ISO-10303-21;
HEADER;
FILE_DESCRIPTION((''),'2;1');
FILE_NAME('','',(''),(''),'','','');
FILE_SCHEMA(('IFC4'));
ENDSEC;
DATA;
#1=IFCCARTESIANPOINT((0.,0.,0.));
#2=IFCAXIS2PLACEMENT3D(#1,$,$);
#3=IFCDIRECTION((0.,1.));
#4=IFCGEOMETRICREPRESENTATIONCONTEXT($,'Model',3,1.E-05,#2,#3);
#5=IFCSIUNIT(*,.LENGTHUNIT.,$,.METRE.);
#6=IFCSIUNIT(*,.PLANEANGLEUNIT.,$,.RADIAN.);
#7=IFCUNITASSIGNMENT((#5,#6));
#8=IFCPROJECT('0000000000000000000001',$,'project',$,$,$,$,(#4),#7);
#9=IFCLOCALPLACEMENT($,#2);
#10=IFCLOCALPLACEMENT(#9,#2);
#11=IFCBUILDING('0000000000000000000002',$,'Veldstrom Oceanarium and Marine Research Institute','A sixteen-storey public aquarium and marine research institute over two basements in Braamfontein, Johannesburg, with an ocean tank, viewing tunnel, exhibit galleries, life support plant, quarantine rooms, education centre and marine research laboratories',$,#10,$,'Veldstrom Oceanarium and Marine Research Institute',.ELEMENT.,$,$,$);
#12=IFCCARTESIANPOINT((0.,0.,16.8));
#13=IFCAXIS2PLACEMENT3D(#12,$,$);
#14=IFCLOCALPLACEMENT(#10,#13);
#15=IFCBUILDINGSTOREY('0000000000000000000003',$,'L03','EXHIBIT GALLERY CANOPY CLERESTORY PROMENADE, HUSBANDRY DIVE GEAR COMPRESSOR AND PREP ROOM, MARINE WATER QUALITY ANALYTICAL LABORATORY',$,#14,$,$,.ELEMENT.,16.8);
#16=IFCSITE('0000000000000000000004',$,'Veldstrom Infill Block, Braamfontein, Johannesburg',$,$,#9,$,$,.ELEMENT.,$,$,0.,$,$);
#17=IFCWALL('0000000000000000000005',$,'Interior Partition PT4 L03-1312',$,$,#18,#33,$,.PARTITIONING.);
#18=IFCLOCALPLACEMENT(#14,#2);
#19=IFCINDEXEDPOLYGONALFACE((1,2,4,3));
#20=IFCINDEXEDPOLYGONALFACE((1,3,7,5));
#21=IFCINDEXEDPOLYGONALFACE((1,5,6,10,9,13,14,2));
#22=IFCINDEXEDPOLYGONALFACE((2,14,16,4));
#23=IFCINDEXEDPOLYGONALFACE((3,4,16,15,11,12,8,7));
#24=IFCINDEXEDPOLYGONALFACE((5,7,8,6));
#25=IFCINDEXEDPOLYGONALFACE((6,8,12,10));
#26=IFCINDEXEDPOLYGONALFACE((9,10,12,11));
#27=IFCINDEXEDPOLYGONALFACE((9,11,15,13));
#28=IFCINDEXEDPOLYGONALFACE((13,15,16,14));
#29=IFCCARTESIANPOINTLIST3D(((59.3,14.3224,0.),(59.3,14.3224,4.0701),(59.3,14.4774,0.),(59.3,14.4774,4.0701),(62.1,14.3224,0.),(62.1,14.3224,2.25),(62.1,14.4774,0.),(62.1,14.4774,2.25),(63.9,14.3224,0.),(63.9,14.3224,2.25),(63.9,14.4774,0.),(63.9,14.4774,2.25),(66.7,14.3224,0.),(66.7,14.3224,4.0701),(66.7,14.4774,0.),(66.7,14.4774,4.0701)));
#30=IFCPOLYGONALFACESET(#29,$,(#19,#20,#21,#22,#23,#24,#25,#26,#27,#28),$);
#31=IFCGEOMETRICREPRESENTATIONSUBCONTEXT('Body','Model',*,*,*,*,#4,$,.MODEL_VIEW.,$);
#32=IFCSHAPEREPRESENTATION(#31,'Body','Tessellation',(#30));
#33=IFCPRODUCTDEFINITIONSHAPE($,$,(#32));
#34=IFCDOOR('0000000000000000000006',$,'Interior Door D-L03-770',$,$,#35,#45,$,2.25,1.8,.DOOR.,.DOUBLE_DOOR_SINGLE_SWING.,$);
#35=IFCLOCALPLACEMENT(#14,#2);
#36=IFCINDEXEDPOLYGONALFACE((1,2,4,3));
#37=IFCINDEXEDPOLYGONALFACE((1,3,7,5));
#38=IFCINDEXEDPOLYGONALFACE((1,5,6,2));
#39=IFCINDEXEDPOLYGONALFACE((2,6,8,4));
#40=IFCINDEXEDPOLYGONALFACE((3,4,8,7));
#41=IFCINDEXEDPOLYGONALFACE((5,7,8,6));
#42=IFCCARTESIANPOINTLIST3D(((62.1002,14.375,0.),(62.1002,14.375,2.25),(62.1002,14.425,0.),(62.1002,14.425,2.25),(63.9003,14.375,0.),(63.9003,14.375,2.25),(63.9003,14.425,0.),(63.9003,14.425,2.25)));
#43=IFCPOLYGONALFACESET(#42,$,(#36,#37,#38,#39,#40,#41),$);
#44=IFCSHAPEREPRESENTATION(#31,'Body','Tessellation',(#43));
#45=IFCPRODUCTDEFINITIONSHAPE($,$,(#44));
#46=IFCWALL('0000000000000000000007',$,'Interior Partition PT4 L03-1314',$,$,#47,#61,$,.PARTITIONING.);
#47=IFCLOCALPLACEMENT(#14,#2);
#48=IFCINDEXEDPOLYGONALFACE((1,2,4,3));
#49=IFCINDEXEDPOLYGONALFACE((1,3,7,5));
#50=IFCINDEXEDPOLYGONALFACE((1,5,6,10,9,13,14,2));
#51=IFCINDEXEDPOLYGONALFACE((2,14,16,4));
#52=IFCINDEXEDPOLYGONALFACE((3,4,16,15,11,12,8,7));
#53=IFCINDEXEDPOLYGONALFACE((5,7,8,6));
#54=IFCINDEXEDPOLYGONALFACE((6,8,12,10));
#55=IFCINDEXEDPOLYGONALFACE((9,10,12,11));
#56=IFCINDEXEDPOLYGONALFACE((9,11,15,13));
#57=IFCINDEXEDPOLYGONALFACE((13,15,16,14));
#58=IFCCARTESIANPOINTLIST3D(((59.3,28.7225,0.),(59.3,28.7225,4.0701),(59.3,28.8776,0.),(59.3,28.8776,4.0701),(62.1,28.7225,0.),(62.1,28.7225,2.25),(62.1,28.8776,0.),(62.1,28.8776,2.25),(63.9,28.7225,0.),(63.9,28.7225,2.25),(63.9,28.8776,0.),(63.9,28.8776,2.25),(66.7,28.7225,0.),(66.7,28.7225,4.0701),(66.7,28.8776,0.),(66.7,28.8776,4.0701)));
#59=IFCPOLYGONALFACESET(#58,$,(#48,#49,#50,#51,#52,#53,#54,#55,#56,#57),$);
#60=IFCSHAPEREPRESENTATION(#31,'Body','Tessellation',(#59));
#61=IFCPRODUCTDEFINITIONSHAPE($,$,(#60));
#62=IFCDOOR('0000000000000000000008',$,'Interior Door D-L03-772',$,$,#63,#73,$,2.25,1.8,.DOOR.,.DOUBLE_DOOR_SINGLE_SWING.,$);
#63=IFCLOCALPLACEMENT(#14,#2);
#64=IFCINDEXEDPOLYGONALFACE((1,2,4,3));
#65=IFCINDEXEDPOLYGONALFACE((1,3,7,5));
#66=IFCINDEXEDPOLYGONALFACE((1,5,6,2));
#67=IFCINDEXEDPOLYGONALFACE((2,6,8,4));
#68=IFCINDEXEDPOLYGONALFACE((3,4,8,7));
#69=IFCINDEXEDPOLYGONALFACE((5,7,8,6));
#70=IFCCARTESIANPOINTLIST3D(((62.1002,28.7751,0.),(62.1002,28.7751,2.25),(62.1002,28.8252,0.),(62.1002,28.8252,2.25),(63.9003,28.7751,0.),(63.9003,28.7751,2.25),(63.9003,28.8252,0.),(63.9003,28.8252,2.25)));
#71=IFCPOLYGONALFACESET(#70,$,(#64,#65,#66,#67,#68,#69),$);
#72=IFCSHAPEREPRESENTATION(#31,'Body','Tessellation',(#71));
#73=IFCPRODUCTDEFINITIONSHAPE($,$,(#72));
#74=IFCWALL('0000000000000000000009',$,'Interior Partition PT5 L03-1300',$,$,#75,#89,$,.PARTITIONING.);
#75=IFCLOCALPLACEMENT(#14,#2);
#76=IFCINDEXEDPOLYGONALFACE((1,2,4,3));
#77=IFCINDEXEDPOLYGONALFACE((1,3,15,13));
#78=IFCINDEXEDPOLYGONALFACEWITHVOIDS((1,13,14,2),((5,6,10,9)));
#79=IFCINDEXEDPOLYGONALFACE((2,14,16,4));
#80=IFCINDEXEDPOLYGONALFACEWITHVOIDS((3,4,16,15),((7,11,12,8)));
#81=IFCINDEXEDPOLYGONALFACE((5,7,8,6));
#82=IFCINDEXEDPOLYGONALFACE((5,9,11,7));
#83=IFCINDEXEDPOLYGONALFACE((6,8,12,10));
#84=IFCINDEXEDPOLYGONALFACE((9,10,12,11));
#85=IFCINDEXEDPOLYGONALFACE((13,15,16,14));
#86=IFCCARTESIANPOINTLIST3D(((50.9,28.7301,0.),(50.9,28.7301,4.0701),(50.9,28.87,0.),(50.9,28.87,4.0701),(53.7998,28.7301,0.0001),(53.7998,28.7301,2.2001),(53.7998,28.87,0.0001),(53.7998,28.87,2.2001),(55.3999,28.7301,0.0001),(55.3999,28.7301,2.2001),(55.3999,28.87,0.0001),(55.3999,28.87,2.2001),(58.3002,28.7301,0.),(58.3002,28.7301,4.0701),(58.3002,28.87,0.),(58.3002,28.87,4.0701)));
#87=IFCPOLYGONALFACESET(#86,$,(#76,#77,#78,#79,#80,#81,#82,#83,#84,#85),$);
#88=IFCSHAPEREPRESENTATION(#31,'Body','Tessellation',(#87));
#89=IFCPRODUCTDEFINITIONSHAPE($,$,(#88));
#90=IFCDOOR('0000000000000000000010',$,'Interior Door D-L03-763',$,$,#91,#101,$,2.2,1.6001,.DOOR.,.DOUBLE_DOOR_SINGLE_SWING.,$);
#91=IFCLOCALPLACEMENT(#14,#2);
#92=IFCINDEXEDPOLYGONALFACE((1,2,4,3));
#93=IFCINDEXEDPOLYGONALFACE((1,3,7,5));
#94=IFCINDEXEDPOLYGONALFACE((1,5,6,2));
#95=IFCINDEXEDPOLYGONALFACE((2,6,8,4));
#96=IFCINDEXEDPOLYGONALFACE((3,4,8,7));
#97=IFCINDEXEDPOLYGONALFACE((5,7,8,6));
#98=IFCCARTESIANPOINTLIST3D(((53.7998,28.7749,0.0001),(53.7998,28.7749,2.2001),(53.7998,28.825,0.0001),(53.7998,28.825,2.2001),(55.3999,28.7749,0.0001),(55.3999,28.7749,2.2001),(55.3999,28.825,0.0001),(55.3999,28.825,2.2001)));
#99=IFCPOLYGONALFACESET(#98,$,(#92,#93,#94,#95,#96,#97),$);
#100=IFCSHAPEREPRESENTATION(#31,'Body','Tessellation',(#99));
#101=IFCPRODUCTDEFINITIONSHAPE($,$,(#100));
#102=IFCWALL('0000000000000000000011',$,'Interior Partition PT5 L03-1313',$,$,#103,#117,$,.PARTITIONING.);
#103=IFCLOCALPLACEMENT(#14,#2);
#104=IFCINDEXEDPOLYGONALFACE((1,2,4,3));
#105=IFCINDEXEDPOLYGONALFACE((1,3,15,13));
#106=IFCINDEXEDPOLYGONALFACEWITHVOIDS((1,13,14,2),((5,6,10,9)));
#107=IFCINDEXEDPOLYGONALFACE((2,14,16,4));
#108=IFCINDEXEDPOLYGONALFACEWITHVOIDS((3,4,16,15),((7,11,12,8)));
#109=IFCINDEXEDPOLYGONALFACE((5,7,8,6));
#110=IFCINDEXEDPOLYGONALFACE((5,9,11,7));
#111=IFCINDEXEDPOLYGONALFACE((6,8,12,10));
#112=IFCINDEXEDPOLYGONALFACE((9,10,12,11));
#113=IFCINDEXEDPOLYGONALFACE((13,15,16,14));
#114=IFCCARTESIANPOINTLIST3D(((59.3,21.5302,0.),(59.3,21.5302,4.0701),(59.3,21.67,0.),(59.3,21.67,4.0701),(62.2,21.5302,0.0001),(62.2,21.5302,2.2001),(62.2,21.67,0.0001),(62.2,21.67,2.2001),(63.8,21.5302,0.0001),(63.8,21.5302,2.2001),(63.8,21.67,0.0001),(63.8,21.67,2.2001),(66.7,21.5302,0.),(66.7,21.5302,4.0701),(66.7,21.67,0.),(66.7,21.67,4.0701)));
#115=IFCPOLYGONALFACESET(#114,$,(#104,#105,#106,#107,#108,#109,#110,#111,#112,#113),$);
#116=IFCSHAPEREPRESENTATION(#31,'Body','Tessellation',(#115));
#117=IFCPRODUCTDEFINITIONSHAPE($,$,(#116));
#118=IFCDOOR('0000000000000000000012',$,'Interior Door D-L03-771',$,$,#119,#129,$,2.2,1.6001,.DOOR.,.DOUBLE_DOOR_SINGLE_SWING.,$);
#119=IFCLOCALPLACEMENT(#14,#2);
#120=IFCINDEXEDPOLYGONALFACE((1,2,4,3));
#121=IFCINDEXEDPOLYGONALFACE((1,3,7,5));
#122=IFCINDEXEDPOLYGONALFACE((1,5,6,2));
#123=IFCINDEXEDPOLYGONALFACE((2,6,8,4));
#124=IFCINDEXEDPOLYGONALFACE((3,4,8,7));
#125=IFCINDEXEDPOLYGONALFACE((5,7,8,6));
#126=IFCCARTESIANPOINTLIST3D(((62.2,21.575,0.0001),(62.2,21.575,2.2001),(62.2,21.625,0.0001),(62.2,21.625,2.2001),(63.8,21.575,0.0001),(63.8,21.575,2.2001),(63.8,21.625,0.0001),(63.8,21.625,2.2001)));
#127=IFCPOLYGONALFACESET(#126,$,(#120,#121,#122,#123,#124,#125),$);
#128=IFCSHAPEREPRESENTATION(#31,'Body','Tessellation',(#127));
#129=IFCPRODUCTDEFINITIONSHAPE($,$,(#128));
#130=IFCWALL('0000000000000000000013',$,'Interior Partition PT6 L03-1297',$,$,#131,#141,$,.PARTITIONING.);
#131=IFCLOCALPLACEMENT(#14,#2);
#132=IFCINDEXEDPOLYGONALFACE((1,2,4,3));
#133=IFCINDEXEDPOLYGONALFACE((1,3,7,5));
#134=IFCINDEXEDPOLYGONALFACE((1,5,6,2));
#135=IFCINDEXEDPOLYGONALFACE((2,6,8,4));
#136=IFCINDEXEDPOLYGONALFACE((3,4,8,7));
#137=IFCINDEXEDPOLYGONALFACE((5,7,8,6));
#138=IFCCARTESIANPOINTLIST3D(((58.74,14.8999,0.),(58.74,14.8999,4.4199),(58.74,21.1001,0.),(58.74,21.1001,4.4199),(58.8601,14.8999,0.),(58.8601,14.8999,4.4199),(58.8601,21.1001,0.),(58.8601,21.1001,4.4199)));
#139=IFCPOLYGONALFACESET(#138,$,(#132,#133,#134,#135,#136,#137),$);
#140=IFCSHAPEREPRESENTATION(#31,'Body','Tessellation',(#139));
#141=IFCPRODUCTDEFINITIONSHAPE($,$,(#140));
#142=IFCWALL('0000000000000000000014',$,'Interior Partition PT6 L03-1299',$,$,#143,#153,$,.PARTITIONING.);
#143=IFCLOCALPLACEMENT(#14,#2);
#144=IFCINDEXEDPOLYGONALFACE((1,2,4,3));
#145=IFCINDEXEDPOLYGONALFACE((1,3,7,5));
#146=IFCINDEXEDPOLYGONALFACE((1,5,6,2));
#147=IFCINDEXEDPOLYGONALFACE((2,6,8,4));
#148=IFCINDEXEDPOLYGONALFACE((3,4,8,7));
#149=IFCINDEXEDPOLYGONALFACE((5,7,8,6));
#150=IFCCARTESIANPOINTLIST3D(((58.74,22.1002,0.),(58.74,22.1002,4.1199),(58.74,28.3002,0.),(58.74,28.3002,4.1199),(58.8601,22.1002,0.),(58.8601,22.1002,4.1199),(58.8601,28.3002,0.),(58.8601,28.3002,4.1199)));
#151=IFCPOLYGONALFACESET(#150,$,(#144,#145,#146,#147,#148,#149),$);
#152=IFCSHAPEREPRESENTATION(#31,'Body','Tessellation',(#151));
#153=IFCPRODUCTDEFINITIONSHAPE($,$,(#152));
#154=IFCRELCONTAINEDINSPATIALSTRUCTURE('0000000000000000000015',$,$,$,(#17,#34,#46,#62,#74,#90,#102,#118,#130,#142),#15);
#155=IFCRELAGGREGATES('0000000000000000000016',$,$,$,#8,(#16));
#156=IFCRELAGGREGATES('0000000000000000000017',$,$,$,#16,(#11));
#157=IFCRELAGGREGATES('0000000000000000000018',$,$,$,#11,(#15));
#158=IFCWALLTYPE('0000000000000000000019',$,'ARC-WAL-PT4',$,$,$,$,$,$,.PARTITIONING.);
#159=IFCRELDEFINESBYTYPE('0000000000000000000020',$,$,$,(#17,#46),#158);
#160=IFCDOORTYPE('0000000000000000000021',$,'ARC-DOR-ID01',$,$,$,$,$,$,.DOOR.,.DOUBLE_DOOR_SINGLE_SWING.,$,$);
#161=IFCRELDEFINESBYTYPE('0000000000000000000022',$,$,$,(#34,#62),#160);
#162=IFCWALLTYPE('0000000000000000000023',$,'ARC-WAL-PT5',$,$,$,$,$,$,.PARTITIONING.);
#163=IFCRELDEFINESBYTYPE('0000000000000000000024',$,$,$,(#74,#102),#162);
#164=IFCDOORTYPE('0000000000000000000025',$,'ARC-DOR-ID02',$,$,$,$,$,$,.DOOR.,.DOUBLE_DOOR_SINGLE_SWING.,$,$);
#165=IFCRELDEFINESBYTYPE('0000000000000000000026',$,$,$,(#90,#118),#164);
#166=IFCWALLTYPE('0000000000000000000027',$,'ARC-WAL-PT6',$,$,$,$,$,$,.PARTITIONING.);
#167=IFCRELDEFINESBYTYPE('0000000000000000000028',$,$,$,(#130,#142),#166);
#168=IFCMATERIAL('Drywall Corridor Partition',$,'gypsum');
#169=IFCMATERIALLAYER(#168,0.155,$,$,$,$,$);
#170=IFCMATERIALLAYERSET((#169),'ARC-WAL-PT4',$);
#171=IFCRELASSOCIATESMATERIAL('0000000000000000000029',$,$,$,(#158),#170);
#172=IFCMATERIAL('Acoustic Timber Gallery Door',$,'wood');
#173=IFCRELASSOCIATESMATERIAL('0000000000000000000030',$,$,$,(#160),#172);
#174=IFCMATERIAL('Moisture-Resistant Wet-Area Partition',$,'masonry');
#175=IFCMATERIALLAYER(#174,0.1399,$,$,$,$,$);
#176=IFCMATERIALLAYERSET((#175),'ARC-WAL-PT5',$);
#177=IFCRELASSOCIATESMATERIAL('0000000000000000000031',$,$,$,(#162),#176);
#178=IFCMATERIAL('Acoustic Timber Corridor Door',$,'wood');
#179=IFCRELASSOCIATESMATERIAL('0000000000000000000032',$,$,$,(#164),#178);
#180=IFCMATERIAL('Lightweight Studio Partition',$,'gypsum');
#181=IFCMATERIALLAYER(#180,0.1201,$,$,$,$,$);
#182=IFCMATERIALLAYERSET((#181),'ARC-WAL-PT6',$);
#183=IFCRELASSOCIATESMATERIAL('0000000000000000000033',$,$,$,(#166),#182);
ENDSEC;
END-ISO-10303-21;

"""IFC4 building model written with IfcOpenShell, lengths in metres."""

from ifc_helpers import new_model, si_unit, direction, frame, frame_2d, origin, place, context, subcontext, project, spatial, rectangle, extrude, material, layer, layer_set, type_object, element, fill, save


model = new_model("IFC4")

# Units and contexts
model_context = context("Model", 3, precision=1e-05, world=origin(), true_north=direction((0.0, 1.0)))
body_context = subcontext(model_context, "Body", "Model", "MODEL_VIEW")
ifc_project = project(units=[si_unit("LENGTHUNIT", "METRE"), si_unit("PLANEANGLEUNIT", "RADIAN")], contexts=[model_context])

# Site, building, storey
site_placement = place(None, origin())
site = spatial("IfcSite", under=ifc_project, at=site_placement, Name="Veldstrom Infill Block, Braamfontein, Johannesburg", CompositionType="ELEMENT", RefElevation=0.0)
building_placement = place(site_placement, origin())
building = spatial("IfcBuilding", under=site, at=building_placement, Name="Veldstrom Oceanarium and Marine Research Institute", Description="A sixteen-storey public aquarium and marine research institute over two basements in Braamfontein, Johannesburg, with an ocean tank, viewing tunnel, exhibit galleries, life support plant, quarantine rooms, education centre and marine research laboratories", LongName="Veldstrom Oceanarium and Marine Research Institute", CompositionType="ELEMENT")
storey_placement = place(building_placement, frame((0.0, 0.0, 16.8)))
storey = spatial("IfcBuildingStorey", under=building, at=storey_placement, Name="L03", Description="EXHIBIT GALLERY CANOPY CLERESTORY PROMENADE, HUSBANDRY DIVE GEAR COMPRESSOR AND PREP ROOM, MARINE WATER QUALITY ANALYTICAL LABORATORY", CompositionType="ELEMENT", Elevation=16.8)

# Walls, openings, doors
ifc_material_1 = material(Name="Drywall Corridor Partition", Category="gypsum")
ifc_layer_1 = layer(ifc_material_1, 0.155)
ifc_layer_set_1 = layer_set([ifc_layer_1], Name="ARC-WAL-PT4")
wall_type_1 = type_object("IfcWallType", Name="ARC-WAL-PT4", PredefinedType="PARTITIONING", material=ifc_layer_set_1)
ifc_material_2 = material(Name="Acoustic Timber Gallery Door", Category="wood")
door_type_1 = type_object("IfcDoorType", Name="ARC-DOR-ID01", OperationType="DOUBLE_DOOR_SINGLE_SWING", PredefinedType="DOOR", material=ifc_material_2)
wall_1_placement = place(storey_placement, frame((59.3, 14.3999, 0.0), z_axis=(0.0, 0.0, 1.0), x_axis=(1.0, 0.0, 0.0)))
wall_1 = element("IfcWall", 1, at=wall_1_placement, inside=storey, type_object=wall_type_1, Name="Interior Partition PT4 L03-1312", PredefinedType="PARTITIONING", context=body_context, shape_type="SweptSolid", body=[
    extrude(rectangle(XDim=7.3999, YDim=0.155, at=frame_2d((3.7, 0.0))), origin(), (0.0, 0.0, 1.0), 4.0701),
])
opening_1_placement = place(wall_1_placement, frame((2.8, 0.0, 0.0)))
opening_1 = element("IfcOpeningElement", 2, at=opening_1_placement, cuts=wall_1, PredefinedType="OPENING", context=body_context, shape_type="SweptSolid", body=[
    extrude(rectangle(XDim=1.8, YDim=2.25, at=frame_2d((0.8999, 1.125))), frame((0.0, 0.0874, 0.0), z_axis=(0.0, -1.0, 0.0), x_axis=(1.0, 0.0, 0.0)), (0.0, 0.0, 1.0), 0.175),
])
door_1_placement = place(opening_1_placement, frame((1.8, 0.0, 0.0), z_axis=(0.0, 0.0, 1.0), x_axis=(-1.0, 0.0, 0.0)))
door_1 = element("IfcDoor", 3, at=door_1_placement, inside=storey, type_object=door_type_1, Name="Interior Door D-L03-770", OperationType="DOUBLE_DOOR_SINGLE_SWING", OverallHeight=2.25, OverallWidth=1.8, PredefinedType="DOOR", context=body_context, shape_type="SweptSolid", body=[
    extrude(rectangle(XDim=1.8, YDim=2.25, at=frame_2d((0.8999, 1.125))), frame((0.0, 0.0249, 0.0), z_axis=(0.0, -1.0, 0.0), x_axis=(1.0, 0.0, 0.0)), (0.0, 0.0, 1.0), 0.05),
])
fill(opening_1, door_1)
wall_2_placement = place(storey_placement, frame((59.3, 28.8, 0.0), z_axis=(0.0, 0.0, 1.0), x_axis=(1.0, 0.0, 0.0)))
wall_2 = element("IfcWall", 4, at=wall_2_placement, inside=storey, type_object=wall_type_1, Name="Interior Partition PT4 L03-1314", PredefinedType="PARTITIONING", context=body_context, shape_type="SweptSolid", body=[
    extrude(rectangle(XDim=7.3999, YDim=0.155, at=frame_2d((3.7, 0.0))), origin(), (0.0, 0.0, 1.0), 4.0701),
])
opening_2_placement = place(wall_2_placement, frame((2.8, 0.0, 0.0)))
opening_2 = element("IfcOpeningElement", 5, at=opening_2_placement, cuts=wall_2, PredefinedType="OPENING", context=body_context, shape_type="SweptSolid", body=[
    extrude(rectangle(XDim=1.8, YDim=2.25, at=frame_2d((0.8999, 1.125))), frame((0.0, 0.0874, 0.0), z_axis=(0.0, -1.0, 0.0), x_axis=(1.0, 0.0, 0.0)), (0.0, 0.0, 1.0), 0.175),
])
door_2_placement = place(opening_2_placement, frame((1.8, 0.0, 0.0), z_axis=(0.0, 0.0, 1.0), x_axis=(-1.0, 0.0, 0.0)))
door_2 = element("IfcDoor", 6, at=door_2_placement, inside=storey, type_object=door_type_1, Name="Interior Door D-L03-772", OperationType="DOUBLE_DOOR_SINGLE_SWING", OverallHeight=2.25, OverallWidth=1.8, PredefinedType="DOOR", context=body_context, shape_type="SweptSolid", body=[
    extrude(rectangle(XDim=1.8, YDim=2.25, at=frame_2d((0.8999, 1.125))), frame((0.0, 0.0249, 0.0), z_axis=(0.0, -1.0, 0.0), x_axis=(1.0, 0.0, 0.0)), (0.0, 0.0, 1.0), 0.05),
])
fill(opening_2, door_2)
ifc_material_3 = material(Name="Moisture-Resistant Wet-Area Partition", Category="masonry")
ifc_layer_2 = layer(ifc_material_3, 0.1399)
ifc_layer_set_2 = layer_set([ifc_layer_2], Name="ARC-WAL-PT5")
wall_type_2 = type_object("IfcWallType", Name="ARC-WAL-PT5", PredefinedType="PARTITIONING", material=ifc_layer_set_2)
wall_3_placement = place(storey_placement, frame((50.8999, 28.8, 0.0), z_axis=(0.0, 0.0, 1.0), x_axis=(1.0, 0.0, 0.0)))
wall_3 = element("IfcWall", 7, at=wall_3_placement, inside=storey, type_object=wall_type_2, Name="Interior Partition PT5 L03-1300", PredefinedType="PARTITIONING", context=body_context, shape_type="SweptSolid", body=[
    extrude(rectangle(XDim=7.4001, YDim=0.1399, at=frame_2d((3.7002, 0.0))), origin(), (0.0, 0.0, 1.0), 4.0701),
])
opening_3_placement = place(wall_3_placement, frame((2.8999, 0.0, 0.0)))
opening_3 = element("IfcOpeningElement", 8, at=opening_3_placement, cuts=wall_3, PredefinedType="OPENING", context=body_context, shape_type="SweptSolid", body=[
    extrude(rectangle(XDim=1.6001, YDim=2.2, at=frame_2d((0.8, 1.1001))), frame((0.0, 0.0798, 0.0), z_axis=(0.0, -1.0, 0.0), x_axis=(1.0, 0.0, 0.0)), (0.0, 0.0, 1.0), 0.1599),
])
ifc_material_4 = material(Name="Acoustic Timber Corridor Door", Category="wood")
door_type_2 = type_object("IfcDoorType", Name="ARC-DOR-ID02", OperationType="DOUBLE_DOOR_SINGLE_SWING", PredefinedType="DOOR", material=ifc_material_4)
door_3_placement = place(opening_3_placement, origin())
door_3 = element("IfcDoor", 9, at=door_3_placement, inside=storey, type_object=door_type_2, Name="Interior Door D-L03-763", OperationType="DOUBLE_DOOR_SINGLE_SWING", OverallHeight=2.2, OverallWidth=1.6001, PredefinedType="DOOR", context=body_context, shape_type="SweptSolid", body=[
    extrude(rectangle(XDim=1.6001, YDim=2.2, at=frame_2d((0.8, 1.1001))), frame((0.0, 0.0249, 0.0), z_axis=(0.0, -1.0, 0.0), x_axis=(1.0, 0.0, 0.0)), (0.0, 0.0, 1.0), 0.05),
])
fill(opening_3, door_3)
wall_4_placement = place(storey_placement, frame((59.3, 21.6001, 0.0), z_axis=(0.0, 0.0, 1.0), x_axis=(1.0, 0.0, 0.0)))
wall_4 = element("IfcWall", 10, at=wall_4_placement, inside=storey, type_object=wall_type_2, Name="Interior Partition PT5 L03-1313", PredefinedType="PARTITIONING", context=body_context, shape_type="SweptSolid", body=[
    extrude(rectangle(XDim=7.3999, YDim=0.1399, at=frame_2d((3.7, 0.0))), origin(), (0.0, 0.0, 1.0), 4.0701),
])
opening_4_placement = place(wall_4_placement, frame((2.8999, 0.0, 0.0)))
opening_4 = element("IfcOpeningElement", 11, at=opening_4_placement, cuts=wall_4, PredefinedType="OPENING", context=body_context, shape_type="SweptSolid", body=[
    extrude(rectangle(XDim=1.6001, YDim=2.2, at=frame_2d((0.8, 1.1001))), frame((0.0, 0.0798, 0.0), z_axis=(0.0, -1.0, 0.0), x_axis=(1.0, 0.0, 0.0)), (0.0, 0.0, 1.0), 0.1599),
])
door_4_placement = place(opening_4_placement, origin())
door_4 = element("IfcDoor", 12, at=door_4_placement, inside=storey, type_object=door_type_2, Name="Interior Door D-L03-771", OperationType="DOUBLE_DOOR_SINGLE_SWING", OverallHeight=2.2, OverallWidth=1.6001, PredefinedType="DOOR", context=body_context, shape_type="SweptSolid", body=[
    extrude(rectangle(XDim=1.6001, YDim=2.2, at=frame_2d((0.8, 1.1001))), frame((0.0, 0.0249, 0.0), z_axis=(0.0, -1.0, 0.0), x_axis=(1.0, 0.0, 0.0)), (0.0, 0.0, 1.0), 0.05),
])
fill(opening_4, door_4)

# Walls
ifc_material_5 = material(Name="Lightweight Studio Partition", Category="gypsum")
ifc_layer_3 = layer(ifc_material_5, 0.1201)
ifc_layer_set_3 = layer_set([ifc_layer_3], Name="ARC-WAL-PT6")
wall_type_3 = type_object("IfcWallType", Name="ARC-WAL-PT6", PredefinedType="PARTITIONING", material=ifc_layer_set_3)
wall_5_placement = place(storey_placement, frame((58.8, 14.8999, 0.0), z_axis=(0.0, 0.0, 1.0), x_axis=(0.0, 1.0, 0.0)))
element("IfcWall", 13, at=wall_5_placement, inside=storey, type_object=wall_type_3, Name="Interior Partition PT6 L03-1297", PredefinedType="PARTITIONING", context=body_context, shape_type="SweptSolid", body=[
    extrude(rectangle(XDim=6.2002, YDim=0.1201, at=frame_2d((3.1001, 0.0))), origin(), (0.0, 0.0, 1.0), 4.4199),
])
wall_6_placement = place(storey_placement, frame((58.8, 22.1001, 0.0), z_axis=(0.0, 0.0, 1.0), x_axis=(0.0, 1.0, 0.0)))
element("IfcWall", 14, at=wall_6_placement, inside=storey, type_object=wall_type_3, Name="Interior Partition PT6 L03-1299", PredefinedType="PARTITIONING", context=body_context, shape_type="SweptSolid", body=[
    extrude(rectangle(XDim=6.2, YDim=0.1201, at=frame_2d((3.1001, 0.0))), origin(), (0.0, 0.0, 1.0), 4.1199),
])

save(model, "model.ifc")
